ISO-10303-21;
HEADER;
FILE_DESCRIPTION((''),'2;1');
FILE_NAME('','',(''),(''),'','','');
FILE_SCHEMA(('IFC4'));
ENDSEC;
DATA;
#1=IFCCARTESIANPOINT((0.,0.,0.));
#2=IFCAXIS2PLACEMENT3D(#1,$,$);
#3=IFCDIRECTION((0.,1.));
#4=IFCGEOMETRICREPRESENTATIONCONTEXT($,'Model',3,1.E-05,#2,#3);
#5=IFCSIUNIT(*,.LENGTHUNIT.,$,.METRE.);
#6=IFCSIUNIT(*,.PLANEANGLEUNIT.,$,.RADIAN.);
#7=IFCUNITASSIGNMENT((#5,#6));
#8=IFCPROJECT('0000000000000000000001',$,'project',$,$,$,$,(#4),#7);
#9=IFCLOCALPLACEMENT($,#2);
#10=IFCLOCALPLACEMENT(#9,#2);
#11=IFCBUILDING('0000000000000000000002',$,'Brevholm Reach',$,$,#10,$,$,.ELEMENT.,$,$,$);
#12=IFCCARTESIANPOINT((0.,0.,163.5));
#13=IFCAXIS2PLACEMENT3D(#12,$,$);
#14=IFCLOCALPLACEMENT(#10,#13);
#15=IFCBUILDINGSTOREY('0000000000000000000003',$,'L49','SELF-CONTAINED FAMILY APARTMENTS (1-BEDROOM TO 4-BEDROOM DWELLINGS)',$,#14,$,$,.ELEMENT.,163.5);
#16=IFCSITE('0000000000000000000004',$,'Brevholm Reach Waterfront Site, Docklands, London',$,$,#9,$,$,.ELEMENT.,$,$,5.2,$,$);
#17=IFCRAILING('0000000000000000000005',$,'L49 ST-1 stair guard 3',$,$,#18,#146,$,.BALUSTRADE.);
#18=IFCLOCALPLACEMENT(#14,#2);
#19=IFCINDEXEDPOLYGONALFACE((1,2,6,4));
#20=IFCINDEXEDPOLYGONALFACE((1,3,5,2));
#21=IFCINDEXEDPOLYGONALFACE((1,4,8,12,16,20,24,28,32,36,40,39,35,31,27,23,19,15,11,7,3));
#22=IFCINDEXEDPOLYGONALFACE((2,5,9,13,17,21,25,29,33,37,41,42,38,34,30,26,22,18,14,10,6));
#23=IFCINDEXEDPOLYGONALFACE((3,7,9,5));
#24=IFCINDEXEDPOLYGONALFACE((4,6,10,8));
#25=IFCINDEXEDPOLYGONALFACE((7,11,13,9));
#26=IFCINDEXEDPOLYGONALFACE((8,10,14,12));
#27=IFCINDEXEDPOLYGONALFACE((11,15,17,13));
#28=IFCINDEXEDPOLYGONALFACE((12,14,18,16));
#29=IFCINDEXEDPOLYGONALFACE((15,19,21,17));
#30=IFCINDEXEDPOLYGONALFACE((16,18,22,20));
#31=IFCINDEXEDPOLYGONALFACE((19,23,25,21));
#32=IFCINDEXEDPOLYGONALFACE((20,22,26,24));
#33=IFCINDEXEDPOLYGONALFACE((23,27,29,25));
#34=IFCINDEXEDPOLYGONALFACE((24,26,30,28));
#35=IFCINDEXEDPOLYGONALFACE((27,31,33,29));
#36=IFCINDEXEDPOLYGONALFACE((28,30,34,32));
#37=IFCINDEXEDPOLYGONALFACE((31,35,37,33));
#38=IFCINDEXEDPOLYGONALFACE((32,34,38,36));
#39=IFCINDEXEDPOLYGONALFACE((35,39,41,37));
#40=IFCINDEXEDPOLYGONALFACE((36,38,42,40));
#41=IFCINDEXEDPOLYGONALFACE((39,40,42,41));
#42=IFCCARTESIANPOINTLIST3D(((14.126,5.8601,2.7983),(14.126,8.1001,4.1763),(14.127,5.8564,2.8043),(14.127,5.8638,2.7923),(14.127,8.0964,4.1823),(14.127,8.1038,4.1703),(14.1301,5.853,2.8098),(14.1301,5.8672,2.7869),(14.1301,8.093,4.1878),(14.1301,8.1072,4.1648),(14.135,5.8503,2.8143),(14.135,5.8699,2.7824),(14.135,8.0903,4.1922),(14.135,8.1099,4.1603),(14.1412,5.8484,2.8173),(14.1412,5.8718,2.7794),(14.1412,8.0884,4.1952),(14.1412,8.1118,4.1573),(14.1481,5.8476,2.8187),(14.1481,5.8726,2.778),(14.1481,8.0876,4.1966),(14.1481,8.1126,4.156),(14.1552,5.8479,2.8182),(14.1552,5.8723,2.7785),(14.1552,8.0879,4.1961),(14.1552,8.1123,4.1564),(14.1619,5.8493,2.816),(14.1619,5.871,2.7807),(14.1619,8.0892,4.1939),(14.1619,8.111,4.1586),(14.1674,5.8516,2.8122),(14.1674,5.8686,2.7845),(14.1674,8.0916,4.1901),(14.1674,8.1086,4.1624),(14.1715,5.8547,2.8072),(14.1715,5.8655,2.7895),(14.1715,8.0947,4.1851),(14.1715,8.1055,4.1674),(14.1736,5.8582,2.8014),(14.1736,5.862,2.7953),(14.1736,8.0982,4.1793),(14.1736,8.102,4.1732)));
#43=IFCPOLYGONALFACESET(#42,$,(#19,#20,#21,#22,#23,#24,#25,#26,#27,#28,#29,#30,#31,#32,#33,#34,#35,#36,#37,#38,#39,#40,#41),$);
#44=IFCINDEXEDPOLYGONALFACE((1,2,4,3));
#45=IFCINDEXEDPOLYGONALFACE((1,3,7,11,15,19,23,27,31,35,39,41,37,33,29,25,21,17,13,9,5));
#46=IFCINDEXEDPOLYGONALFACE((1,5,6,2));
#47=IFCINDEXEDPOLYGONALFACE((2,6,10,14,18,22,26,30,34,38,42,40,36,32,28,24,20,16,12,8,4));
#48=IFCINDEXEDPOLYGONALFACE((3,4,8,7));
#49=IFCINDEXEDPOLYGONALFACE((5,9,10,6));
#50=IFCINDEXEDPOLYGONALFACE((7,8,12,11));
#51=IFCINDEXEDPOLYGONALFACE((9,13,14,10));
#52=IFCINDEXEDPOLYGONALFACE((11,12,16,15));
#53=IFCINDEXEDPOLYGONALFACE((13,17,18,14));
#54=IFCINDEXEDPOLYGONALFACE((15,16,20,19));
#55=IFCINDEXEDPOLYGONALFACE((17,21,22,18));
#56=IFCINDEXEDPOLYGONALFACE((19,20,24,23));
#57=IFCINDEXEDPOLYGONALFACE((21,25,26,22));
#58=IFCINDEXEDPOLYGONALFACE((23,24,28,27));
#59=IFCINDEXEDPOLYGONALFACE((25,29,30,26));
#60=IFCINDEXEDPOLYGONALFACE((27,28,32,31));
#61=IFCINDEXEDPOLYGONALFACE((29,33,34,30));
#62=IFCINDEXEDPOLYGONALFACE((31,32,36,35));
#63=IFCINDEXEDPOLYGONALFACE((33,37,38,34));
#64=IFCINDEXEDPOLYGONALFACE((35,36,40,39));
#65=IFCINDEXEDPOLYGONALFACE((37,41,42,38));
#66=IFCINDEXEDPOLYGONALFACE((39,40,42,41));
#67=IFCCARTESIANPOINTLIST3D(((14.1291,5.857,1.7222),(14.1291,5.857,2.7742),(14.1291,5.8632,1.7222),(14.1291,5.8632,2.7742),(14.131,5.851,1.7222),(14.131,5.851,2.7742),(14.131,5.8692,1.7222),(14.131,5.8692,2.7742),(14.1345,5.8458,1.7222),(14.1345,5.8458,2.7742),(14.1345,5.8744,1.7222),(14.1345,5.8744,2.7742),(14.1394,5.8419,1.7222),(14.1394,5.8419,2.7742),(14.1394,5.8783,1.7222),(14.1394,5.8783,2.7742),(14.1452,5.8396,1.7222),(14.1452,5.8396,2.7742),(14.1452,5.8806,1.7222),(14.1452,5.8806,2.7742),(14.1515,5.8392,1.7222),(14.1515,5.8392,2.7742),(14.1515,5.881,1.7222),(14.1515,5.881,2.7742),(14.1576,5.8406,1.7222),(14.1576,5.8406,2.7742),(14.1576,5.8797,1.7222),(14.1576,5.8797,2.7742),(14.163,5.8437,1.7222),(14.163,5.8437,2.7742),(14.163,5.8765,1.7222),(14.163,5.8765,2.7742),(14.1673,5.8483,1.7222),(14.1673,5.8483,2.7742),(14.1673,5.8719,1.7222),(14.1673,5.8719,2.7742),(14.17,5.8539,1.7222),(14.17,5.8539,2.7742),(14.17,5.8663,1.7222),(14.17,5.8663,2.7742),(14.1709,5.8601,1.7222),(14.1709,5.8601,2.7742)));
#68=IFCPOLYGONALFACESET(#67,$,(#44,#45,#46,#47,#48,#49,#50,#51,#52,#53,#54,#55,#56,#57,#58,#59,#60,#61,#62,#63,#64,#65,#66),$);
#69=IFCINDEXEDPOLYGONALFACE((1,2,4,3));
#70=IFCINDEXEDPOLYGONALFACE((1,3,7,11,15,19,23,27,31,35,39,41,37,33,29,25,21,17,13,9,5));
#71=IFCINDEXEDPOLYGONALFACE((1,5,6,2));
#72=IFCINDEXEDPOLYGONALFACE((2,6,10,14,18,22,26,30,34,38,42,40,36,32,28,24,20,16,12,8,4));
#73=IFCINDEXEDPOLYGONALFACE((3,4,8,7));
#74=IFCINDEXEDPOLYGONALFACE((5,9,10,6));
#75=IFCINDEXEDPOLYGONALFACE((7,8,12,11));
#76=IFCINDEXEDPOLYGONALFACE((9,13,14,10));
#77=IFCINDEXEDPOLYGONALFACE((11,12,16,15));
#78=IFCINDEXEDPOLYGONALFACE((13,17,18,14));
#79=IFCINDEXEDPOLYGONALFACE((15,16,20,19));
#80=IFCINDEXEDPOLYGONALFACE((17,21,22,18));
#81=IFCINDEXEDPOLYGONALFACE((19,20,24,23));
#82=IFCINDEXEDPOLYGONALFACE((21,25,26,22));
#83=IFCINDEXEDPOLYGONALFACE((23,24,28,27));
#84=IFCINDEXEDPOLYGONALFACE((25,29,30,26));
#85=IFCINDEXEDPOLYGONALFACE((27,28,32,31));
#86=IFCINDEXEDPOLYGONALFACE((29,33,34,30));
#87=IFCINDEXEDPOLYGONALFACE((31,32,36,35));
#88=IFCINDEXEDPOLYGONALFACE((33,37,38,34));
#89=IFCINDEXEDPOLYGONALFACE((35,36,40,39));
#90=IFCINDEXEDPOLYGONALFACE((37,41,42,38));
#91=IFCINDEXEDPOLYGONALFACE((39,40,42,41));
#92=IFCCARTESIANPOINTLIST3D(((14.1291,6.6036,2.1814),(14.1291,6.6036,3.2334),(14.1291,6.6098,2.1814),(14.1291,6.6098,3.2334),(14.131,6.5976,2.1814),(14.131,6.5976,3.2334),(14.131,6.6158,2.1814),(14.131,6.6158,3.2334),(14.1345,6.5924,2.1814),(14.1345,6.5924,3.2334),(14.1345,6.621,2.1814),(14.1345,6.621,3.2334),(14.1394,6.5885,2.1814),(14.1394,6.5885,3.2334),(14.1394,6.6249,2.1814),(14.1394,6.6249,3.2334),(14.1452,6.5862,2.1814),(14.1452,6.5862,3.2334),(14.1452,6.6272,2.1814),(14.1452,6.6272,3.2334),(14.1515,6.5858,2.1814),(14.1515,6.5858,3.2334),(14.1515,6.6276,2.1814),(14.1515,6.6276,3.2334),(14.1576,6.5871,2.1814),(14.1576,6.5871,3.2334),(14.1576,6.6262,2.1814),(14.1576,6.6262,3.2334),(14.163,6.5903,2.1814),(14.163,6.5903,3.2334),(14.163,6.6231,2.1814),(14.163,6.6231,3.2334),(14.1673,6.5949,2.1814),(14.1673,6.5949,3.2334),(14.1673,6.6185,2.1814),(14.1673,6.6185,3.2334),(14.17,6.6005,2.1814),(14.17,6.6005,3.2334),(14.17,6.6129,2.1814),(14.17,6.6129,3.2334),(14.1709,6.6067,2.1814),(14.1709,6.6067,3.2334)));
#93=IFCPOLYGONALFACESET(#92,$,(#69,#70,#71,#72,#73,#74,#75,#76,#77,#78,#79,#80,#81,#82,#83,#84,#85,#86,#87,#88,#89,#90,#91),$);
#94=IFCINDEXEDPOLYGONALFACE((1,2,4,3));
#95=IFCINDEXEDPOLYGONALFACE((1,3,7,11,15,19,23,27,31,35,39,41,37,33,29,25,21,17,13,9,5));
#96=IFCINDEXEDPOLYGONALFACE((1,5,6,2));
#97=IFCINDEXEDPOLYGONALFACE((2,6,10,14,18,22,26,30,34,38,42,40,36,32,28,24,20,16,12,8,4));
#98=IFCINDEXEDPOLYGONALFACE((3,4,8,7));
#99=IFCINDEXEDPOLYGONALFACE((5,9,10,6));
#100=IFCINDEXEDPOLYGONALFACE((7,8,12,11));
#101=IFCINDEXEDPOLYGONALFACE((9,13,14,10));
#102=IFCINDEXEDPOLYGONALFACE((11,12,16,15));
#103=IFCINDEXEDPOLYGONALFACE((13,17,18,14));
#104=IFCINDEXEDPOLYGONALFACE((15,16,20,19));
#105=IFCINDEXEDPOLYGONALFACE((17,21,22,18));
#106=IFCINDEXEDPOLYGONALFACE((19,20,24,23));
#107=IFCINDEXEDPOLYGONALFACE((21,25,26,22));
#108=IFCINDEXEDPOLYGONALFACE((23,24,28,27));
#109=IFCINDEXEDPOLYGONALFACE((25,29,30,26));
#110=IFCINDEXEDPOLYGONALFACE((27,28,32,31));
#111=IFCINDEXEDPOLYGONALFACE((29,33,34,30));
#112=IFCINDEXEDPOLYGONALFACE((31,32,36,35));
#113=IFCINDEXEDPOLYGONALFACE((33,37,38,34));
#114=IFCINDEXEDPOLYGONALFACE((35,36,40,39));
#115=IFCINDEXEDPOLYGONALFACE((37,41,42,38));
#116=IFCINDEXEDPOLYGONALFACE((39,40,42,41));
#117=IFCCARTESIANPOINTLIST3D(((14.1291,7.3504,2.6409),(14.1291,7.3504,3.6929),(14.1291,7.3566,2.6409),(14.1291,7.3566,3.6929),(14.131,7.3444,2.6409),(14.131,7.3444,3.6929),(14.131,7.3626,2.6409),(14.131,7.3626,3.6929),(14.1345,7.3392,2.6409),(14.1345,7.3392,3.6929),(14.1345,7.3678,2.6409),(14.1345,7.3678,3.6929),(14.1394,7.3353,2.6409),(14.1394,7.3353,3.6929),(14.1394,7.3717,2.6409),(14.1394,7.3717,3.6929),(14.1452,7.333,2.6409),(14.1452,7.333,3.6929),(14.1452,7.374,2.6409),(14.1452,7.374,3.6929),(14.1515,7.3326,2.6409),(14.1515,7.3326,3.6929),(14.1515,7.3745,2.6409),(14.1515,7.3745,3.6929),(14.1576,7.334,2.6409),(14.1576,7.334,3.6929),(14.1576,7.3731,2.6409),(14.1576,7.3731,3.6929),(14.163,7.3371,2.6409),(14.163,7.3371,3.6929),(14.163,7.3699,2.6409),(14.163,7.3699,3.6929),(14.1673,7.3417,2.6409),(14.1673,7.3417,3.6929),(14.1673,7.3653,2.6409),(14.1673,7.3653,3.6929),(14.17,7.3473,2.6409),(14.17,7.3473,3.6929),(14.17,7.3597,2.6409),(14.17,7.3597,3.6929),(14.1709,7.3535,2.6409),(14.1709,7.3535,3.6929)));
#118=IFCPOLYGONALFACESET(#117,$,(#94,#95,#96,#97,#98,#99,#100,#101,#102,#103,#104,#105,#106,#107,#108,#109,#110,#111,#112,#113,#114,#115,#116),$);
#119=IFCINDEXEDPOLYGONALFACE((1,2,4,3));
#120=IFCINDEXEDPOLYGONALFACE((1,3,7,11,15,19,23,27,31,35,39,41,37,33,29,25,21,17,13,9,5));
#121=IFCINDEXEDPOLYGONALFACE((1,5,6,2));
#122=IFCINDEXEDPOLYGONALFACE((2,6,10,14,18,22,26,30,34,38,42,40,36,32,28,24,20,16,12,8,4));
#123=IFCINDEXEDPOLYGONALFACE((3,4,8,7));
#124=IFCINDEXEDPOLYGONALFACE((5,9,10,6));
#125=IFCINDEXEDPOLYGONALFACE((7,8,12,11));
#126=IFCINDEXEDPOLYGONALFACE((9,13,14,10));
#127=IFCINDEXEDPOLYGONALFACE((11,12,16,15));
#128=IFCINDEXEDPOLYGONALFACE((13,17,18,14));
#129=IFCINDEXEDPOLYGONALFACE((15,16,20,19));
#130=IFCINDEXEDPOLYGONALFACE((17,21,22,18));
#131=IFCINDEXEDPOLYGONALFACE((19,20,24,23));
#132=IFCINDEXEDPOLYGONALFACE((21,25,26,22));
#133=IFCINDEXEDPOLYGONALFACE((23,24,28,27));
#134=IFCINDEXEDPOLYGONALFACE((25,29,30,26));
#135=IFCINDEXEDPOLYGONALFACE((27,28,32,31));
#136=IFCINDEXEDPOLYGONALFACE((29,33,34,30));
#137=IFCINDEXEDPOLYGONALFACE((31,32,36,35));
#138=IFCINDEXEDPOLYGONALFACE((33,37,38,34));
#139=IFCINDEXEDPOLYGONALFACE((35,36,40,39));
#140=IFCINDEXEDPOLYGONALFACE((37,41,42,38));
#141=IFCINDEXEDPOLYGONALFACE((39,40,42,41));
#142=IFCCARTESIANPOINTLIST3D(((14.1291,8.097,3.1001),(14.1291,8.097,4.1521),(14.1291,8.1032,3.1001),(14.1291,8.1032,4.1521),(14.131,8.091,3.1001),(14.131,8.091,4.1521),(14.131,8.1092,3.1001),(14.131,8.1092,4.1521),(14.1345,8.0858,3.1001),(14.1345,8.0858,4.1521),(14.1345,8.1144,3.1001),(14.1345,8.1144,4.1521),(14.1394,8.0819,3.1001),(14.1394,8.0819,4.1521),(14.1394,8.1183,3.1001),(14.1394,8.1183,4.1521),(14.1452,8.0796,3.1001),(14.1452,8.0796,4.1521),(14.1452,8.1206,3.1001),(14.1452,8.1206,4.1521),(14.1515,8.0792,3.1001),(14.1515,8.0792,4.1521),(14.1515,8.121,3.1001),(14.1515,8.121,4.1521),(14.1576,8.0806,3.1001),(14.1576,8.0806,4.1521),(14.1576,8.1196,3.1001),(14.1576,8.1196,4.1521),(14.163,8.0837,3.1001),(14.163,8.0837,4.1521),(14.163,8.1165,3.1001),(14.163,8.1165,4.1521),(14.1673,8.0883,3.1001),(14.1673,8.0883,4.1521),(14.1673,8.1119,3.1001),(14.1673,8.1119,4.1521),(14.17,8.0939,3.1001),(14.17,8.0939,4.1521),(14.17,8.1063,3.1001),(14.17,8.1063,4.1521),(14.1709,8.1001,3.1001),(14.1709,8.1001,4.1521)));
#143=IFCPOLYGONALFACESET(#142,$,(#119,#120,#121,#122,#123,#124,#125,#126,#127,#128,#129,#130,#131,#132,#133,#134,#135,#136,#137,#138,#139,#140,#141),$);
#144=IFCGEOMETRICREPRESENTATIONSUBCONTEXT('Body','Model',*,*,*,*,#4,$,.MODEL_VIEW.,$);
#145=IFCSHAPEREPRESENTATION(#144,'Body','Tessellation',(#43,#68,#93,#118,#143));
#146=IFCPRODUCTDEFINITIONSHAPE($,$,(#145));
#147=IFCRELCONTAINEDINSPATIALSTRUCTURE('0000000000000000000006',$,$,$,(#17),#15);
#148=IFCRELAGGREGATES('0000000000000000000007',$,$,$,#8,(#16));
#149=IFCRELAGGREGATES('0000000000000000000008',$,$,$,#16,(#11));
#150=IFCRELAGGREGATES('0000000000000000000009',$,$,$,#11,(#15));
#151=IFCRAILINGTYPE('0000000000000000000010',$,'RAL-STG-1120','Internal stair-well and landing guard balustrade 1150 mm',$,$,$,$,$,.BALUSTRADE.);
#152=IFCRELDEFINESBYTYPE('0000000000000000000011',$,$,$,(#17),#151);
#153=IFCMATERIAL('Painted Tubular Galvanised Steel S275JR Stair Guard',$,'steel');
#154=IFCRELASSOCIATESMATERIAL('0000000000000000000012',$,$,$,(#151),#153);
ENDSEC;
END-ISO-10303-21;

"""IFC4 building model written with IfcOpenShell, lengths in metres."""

from ifc_helpers import new_model, si_unit, direction, frame, origin, origin_2d, place, context, subcontext, project, spatial, circle, extrude, material, type_object, element, save


model = new_model("IFC4")

# Units and contexts
model_context = context("Model", 3, precision=1e-05, world=origin(), true_north=direction((0.0, 1.0)))
body_context = subcontext(model_context, "Body", "Model", "MODEL_VIEW")
ifc_project = project(units=[si_unit("LENGTHUNIT", "METRE"), si_unit("PLANEANGLEUNIT", "RADIAN")], contexts=[model_context])

# Site, building, storey
site_placement = place(None, origin())
site = spatial("IfcSite", under=ifc_project, at=site_placement, Name="Brevholm Reach Waterfront Site, Docklands, London", CompositionType="ELEMENT", RefElevation=5.2)
building_placement = place(site_placement, origin())
building = spatial("IfcBuilding", under=site, at=building_placement, Name="Brevholm Reach", CompositionType="ELEMENT")
storey_placement = place(building_placement, frame((0.0, 0.0, 163.5)))
storey = spatial("IfcBuildingStorey", under=building, at=storey_placement, Name="L49", Description="SELF-CONTAINED FAMILY APARTMENTS (1-BEDROOM TO 4-BEDROOM DWELLINGS)", CompositionType="ELEMENT", Elevation=163.5)

# Railing
ifc_material_1 = material(Name="Painted Tubular Galvanised Steel S275JR Stair Guard", Category="steel")
railing_type_1 = type_object("IfcRailingType", Name="RAL-STG-1120", Description="Internal stair-well and landing guard balustrade 1150 mm", PredefinedType="BALUSTRADE", material=ifc_material_1)
railing_1_placement = place(storey_placement, frame((14.1499, 5.8601, 1.7222)))
element("IfcRailing", 1, at=railing_1_placement, inside=storey, type_object=railing_type_1, Name="L49 ST-1 stair guard 3", PredefinedType="BALUSTRADE", context=body_context, shape_type="SweptSolid", body=[
    extrude(circle(Radius=0.0239, at=origin_2d()), frame((0.0, 0.0, 1.0762), z_axis=(0.0, 0.851748, 0.523952), x_axis=(-1.0, 0.0, 0.0)), (0.0, 0.0, 1.0), 2.6299),
    extrude(circle(Radius=0.021, at=origin_2d()), origin(), (0.0, 0.0, 1.0), 1.052),
    extrude(circle(Radius=0.021, at=origin_2d()), frame((0.0, 0.7466, 0.4592)), (0.0, 0.0, 1.0), 1.052),
    extrude(circle(Radius=0.021, at=origin_2d()), frame((0.0, 1.4934, 0.9187)), (0.0, 0.0, 1.0), 1.052),
    extrude(circle(Radius=0.021, at=origin_2d()), frame((0.0, 2.24, 1.3779)), (0.0, 0.0, 1.0), 1.052),
])

save(model, "model.ifc")
